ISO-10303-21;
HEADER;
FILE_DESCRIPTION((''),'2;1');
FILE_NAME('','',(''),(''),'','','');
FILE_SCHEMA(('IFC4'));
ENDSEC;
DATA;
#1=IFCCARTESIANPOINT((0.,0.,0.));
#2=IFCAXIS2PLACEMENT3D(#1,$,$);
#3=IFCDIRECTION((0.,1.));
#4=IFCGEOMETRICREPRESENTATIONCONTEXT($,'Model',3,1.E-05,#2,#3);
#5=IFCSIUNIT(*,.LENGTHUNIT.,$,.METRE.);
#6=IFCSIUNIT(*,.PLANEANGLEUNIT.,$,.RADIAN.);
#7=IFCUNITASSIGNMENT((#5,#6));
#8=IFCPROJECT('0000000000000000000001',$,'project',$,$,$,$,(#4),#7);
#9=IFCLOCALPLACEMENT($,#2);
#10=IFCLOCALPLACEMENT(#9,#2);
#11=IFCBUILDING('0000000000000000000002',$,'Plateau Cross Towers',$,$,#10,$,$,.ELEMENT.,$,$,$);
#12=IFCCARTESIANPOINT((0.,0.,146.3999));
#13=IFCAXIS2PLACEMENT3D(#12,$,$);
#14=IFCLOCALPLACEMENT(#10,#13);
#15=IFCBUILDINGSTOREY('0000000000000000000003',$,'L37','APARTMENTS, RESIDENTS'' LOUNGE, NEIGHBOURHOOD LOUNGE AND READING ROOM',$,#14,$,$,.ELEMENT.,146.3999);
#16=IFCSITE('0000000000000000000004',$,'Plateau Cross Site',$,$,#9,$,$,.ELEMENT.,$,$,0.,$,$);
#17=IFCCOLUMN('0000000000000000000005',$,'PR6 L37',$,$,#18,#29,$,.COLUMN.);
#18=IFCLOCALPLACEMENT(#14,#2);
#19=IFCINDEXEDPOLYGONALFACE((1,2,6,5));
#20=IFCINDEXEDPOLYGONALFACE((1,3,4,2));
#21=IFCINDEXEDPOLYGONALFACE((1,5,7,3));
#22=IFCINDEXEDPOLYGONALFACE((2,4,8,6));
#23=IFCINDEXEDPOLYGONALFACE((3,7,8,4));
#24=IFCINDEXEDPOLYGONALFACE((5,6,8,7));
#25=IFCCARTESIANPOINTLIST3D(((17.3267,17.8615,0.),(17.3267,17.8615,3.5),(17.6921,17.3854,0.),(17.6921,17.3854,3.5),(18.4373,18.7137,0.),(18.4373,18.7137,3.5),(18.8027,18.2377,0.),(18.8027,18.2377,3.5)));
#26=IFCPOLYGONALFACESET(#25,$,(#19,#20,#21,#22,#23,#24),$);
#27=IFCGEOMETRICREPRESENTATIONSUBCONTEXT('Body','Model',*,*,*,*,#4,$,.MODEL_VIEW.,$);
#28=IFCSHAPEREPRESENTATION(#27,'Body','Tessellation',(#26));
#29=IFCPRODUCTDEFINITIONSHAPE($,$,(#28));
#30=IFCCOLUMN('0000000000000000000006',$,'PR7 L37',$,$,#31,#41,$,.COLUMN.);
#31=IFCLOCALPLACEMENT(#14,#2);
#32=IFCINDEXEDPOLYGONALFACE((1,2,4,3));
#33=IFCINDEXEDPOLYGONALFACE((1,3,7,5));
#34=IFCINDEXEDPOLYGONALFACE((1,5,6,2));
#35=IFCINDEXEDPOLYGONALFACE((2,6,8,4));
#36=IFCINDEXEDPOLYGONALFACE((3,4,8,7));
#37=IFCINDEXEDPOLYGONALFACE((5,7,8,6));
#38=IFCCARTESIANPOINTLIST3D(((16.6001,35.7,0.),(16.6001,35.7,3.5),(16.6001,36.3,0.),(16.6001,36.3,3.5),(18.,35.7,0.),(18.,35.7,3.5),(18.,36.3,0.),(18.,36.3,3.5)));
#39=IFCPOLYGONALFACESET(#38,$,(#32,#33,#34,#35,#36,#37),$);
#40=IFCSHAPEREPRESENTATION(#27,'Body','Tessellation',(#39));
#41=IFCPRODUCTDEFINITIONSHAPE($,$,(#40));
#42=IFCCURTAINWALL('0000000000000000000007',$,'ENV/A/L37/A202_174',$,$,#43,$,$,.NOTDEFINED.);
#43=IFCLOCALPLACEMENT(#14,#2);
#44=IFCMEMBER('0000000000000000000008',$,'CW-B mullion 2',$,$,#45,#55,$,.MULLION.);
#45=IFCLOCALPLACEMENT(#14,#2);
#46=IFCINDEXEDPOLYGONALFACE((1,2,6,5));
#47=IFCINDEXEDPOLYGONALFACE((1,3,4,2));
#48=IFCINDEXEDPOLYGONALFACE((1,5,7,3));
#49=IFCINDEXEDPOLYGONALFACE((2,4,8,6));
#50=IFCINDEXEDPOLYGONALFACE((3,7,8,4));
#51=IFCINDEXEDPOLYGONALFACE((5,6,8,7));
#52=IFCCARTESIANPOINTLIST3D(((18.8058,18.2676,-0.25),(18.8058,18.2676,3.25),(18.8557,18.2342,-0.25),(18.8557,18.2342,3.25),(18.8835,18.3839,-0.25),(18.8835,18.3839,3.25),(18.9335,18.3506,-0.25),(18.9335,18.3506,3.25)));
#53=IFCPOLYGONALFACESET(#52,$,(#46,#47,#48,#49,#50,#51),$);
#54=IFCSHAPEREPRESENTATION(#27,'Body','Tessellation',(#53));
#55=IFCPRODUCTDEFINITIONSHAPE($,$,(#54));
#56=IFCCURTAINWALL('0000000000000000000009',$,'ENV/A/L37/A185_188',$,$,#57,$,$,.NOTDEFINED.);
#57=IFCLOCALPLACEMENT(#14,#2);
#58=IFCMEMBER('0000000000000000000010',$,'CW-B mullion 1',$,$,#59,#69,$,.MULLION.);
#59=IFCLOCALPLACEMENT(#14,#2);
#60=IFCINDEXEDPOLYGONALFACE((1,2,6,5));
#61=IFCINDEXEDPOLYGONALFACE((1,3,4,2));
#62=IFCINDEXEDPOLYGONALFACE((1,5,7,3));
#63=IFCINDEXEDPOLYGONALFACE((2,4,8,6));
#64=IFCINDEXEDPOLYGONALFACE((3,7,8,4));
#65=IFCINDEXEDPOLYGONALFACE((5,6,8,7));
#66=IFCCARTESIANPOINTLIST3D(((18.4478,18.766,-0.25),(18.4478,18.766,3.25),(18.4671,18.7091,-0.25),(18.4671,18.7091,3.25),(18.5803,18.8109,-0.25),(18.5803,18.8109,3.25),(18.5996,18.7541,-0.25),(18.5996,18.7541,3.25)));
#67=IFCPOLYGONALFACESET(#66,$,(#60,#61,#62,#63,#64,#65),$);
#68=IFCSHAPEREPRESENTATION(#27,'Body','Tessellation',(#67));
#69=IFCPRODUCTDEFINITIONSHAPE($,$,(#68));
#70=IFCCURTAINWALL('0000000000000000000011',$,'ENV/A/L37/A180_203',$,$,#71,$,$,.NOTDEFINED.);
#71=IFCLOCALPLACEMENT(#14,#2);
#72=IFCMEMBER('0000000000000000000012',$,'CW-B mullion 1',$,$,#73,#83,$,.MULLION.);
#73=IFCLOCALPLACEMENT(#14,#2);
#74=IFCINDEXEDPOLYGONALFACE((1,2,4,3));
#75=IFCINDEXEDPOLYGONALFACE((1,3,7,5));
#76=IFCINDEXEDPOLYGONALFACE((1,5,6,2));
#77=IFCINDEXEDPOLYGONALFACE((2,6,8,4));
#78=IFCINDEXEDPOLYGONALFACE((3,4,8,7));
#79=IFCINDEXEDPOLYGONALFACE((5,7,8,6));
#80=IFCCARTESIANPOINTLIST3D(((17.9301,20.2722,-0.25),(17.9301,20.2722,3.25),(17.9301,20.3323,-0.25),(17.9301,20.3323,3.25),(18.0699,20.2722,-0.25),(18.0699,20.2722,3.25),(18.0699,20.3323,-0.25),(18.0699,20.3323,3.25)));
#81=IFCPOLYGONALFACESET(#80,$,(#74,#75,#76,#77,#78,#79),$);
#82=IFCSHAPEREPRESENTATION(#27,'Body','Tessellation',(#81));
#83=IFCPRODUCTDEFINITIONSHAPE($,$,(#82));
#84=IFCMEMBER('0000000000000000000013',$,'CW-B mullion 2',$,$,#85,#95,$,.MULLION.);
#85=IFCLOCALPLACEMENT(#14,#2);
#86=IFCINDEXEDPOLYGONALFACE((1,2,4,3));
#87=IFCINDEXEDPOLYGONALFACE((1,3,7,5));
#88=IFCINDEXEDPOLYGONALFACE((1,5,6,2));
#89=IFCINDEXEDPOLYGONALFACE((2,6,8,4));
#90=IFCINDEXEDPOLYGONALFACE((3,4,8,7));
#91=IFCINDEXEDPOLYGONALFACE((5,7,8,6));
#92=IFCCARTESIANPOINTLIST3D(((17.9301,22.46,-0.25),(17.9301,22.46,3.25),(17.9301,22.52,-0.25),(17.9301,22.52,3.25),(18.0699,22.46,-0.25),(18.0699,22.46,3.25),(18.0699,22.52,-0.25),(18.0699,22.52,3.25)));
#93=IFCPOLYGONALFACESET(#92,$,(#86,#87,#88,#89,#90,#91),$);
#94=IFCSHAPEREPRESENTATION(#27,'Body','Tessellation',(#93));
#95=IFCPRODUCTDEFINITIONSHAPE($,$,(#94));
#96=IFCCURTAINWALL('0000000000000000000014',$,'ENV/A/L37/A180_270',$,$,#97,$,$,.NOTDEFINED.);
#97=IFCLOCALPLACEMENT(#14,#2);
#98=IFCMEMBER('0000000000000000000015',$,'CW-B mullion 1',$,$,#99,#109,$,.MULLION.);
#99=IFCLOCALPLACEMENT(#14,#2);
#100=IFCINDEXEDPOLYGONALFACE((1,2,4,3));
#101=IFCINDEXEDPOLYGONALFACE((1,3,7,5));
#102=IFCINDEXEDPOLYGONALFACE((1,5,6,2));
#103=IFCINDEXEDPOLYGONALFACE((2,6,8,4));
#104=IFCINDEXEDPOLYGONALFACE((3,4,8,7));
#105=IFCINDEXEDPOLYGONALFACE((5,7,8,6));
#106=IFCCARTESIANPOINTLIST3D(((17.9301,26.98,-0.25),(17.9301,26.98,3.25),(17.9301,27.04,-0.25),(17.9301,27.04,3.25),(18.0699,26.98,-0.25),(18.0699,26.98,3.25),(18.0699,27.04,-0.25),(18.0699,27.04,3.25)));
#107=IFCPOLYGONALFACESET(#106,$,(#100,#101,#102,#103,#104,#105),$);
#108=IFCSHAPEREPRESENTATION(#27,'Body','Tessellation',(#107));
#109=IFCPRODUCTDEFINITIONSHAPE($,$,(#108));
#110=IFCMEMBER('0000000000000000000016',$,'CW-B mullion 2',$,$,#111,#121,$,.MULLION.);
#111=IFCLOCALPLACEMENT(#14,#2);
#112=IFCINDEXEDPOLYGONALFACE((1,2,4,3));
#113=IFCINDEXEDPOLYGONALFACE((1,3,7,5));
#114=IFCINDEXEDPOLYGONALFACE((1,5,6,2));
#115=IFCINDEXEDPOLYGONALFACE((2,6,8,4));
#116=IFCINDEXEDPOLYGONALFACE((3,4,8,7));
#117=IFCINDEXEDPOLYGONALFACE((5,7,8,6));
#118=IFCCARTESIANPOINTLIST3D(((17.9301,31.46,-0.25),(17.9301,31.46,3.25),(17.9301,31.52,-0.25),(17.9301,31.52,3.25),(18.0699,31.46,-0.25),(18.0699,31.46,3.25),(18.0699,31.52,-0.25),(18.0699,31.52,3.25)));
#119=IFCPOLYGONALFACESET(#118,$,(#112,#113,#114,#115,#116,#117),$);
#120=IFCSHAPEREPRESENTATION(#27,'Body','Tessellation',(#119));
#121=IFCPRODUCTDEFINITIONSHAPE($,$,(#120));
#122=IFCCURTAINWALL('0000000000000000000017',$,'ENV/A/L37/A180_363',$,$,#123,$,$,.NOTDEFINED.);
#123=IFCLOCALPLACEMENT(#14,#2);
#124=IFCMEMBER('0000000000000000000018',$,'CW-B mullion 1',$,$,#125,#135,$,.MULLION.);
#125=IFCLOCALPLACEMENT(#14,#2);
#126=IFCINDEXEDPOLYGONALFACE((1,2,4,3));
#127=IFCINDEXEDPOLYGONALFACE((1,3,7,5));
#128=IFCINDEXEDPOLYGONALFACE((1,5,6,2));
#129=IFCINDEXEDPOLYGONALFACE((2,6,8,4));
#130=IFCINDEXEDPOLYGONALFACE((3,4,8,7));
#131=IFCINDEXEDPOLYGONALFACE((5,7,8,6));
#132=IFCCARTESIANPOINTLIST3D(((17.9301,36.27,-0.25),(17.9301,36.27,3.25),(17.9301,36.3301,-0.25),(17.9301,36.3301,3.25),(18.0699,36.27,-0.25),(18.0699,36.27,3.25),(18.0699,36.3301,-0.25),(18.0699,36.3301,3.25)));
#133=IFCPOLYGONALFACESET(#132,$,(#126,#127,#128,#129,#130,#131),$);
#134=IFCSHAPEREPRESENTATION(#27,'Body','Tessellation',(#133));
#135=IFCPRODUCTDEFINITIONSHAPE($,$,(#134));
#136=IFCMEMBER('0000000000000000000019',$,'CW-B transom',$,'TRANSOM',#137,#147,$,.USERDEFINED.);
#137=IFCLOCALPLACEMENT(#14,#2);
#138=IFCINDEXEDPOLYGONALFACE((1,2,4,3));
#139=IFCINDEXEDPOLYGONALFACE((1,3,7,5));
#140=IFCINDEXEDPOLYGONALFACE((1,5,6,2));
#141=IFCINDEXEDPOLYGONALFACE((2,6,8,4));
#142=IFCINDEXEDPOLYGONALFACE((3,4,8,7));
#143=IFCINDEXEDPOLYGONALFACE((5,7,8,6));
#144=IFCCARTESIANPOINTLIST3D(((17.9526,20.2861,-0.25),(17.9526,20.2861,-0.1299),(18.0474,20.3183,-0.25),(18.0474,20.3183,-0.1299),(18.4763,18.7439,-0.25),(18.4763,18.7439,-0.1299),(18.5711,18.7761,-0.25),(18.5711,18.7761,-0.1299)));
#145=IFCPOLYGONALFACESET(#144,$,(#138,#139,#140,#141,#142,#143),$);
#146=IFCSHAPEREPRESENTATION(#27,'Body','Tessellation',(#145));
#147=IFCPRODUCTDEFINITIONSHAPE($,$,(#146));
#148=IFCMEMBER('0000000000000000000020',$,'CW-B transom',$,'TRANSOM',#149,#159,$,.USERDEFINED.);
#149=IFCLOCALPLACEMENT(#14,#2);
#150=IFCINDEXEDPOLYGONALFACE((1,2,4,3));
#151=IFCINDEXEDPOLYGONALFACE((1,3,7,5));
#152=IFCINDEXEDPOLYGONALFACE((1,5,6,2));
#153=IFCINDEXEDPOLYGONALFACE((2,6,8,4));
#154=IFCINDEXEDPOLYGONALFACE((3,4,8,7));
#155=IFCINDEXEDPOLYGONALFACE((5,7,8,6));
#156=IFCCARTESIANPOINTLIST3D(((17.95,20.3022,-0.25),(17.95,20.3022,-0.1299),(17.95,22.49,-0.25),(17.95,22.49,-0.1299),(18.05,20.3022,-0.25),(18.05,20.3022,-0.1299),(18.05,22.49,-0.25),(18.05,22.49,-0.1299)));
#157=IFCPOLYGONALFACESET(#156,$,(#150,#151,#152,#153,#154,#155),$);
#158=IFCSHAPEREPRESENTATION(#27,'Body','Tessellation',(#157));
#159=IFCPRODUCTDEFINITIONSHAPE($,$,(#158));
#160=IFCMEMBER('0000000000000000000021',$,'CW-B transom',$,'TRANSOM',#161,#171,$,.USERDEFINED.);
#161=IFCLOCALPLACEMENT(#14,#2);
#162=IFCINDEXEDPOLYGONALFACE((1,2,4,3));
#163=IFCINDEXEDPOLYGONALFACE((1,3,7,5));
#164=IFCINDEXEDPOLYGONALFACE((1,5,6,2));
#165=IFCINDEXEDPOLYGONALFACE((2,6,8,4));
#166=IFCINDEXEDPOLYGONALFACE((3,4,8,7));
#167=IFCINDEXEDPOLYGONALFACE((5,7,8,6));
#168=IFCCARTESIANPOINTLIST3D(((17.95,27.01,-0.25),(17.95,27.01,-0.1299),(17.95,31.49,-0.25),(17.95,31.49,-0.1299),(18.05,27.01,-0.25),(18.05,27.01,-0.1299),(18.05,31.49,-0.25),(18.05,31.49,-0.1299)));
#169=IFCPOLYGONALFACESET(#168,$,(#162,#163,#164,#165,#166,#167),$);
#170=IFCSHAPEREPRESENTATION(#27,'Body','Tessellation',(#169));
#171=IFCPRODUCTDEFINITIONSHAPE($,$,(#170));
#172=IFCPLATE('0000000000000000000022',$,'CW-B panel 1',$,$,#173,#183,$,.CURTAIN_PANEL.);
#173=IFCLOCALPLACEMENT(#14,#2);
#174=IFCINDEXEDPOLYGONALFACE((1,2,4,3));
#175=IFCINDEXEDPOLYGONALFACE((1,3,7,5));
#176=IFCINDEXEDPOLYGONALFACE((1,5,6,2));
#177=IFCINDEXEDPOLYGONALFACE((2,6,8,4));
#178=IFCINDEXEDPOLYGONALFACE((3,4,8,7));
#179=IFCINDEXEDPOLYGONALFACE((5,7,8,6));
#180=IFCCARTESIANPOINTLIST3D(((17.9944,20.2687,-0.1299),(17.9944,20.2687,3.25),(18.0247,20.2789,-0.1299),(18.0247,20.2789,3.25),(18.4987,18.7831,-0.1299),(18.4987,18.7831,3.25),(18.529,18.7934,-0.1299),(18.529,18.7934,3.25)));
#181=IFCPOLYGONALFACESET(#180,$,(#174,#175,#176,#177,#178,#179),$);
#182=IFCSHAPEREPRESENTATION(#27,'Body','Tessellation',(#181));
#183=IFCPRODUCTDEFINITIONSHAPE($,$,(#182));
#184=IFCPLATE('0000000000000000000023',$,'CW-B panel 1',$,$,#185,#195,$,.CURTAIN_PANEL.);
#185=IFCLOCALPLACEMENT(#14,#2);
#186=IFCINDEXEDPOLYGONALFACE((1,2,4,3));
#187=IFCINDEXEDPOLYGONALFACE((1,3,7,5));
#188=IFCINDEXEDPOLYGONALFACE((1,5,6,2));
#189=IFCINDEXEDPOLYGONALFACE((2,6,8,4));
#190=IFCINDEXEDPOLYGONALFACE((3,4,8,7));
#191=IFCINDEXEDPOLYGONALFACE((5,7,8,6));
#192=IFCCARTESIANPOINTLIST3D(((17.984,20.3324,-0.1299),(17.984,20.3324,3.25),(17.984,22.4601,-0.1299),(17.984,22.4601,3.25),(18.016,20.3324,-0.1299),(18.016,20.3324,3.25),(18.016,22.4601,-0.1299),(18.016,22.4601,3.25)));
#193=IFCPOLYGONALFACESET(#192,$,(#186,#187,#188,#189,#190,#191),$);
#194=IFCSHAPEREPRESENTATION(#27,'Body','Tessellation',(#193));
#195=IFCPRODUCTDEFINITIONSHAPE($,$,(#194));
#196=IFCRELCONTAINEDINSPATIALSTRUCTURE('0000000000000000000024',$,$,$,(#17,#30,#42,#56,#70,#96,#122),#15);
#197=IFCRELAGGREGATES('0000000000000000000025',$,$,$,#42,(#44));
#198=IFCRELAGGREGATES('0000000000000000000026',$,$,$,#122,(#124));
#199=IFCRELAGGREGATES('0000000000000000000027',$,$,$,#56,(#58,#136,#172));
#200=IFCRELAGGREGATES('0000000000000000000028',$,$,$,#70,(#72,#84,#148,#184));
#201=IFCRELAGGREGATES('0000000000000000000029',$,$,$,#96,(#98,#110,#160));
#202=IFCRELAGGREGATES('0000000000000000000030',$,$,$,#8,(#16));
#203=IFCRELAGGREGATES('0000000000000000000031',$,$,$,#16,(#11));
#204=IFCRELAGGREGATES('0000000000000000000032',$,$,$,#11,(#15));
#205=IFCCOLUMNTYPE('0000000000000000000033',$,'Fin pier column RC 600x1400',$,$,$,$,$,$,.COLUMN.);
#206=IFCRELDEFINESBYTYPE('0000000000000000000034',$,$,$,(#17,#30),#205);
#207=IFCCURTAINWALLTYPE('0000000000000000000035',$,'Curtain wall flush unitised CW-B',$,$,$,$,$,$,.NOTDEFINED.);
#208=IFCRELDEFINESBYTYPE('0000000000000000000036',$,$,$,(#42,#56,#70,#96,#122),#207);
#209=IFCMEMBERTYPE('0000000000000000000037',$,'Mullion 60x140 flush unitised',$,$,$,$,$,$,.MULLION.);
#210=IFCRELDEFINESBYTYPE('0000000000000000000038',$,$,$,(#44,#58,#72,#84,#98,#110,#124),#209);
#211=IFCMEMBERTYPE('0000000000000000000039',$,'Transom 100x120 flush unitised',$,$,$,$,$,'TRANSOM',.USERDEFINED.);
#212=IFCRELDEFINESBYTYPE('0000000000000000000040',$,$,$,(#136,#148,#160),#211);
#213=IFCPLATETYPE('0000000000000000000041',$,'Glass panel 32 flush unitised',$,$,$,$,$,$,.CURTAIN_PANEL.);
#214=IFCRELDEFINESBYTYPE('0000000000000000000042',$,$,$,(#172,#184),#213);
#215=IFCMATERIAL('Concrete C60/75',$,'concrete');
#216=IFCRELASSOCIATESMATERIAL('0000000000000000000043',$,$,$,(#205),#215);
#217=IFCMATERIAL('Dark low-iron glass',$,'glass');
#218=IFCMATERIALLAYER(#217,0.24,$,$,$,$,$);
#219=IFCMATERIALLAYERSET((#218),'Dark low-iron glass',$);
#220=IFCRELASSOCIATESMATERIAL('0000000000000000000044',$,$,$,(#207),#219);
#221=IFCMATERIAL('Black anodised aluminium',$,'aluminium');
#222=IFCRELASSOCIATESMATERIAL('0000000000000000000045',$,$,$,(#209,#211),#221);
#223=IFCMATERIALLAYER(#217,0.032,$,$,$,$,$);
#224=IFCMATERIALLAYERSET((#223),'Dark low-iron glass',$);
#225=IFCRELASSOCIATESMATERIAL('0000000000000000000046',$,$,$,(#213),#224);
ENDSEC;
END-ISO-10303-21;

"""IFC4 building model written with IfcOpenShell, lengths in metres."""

from ifc_helpers import new_model, si_unit, direction, frame, origin, origin_2d, place, context, subcontext, project, spatial, rectangle, extrude, material, layer, layer_set, material_profile, profile_set, type_object, element, aggregate, save


model = new_model("IFC4")

# Units and contexts
model_context = context("Model", 3, precision=1e-05, world=origin(), true_north=direction((0.0, 1.0)))
body_context = subcontext(model_context, "Body", "Model", "MODEL_VIEW")
ifc_project = project(units=[si_unit("LENGTHUNIT", "METRE"), si_unit("PLANEANGLEUNIT", "RADIAN")], contexts=[model_context])

# Site, building, storey
site_placement = place(None, origin())
site = spatial("IfcSite", under=ifc_project, at=site_placement, Name="Plateau Cross Site", CompositionType="ELEMENT", RefElevation=0.0)
building_placement = place(site_placement, origin())
building = spatial("IfcBuilding", under=site, at=building_placement, Name="Plateau Cross Towers", CompositionType="ELEMENT")
storey_placement = place(building_placement, frame((0.0, 0.0, 146.3999)))
storey = spatial("IfcBuildingStorey", under=building, at=storey_placement, Name="L37", Description="APARTMENTS, RESIDENTS' LOUNGE, NEIGHBOURHOOD LOUNGE AND READING ROOM", CompositionType="ELEMENT", Elevation=146.3999)

# Columns
ifc_material_1 = material(Name="Concrete C60/75", Category="concrete")
ifc_material_profile_1 = material_profile(ifc_material_1, rectangle(XDim=0.6001, YDim=1.3999, at=origin_2d()), Name="RC 600x1400")
ifc_profile_set_1 = profile_set([ifc_material_profile_1], Name="Concrete C60/75")
column_type = type_object("IfcColumnType", Name="Fin pier column RC 600x1400", PredefinedType="COLUMN", material=ifc_profile_set_1)
for number, where, z_axis, x_axis, name in (
    (1, (18.0647, 18.0496, 0.0), (0.0, 0.0, 1.0), (-0.608811, 0.793315, 0.0), "PR6 L37"),
    (2, (17.3, 36.0, 0.0), (0.0, 0.0, 1.0), (0.0, 1.0, 0.0), "PR7 L37"),
):
    element("IfcColumn", number, at=place(storey_placement, frame(where, z_axis=z_axis, x_axis=x_axis)), inside=storey, type_object=column_type, Name=name, PredefinedType="COLUMN", context=body_context, shape_type="SweptSolid", body=[
        extrude(rectangle(XDim=0.6001, YDim=1.3999, at=origin_2d()), origin(), (0.0, 0.0, 1.0), 3.5),
    ])

# Curtain walls, members
ifc_material_2 = material(Name="Dark low-iron glass", Category="glass")
ifc_layer_1 = layer(ifc_material_2, 0.24)
ifc_layer_set_1 = layer_set([ifc_layer_1], Name="Dark low-iron glass")
curtain_wall_type = type_object("IfcCurtainWallType", Name="Curtain wall flush unitised CW-B", PredefinedType="NOTDEFINED", material=ifc_layer_set_1)
curtain_wall_1_placement = place(storey_placement, origin())
curtain_wall_1 = element("IfcCurtainWall", 3, at=curtain_wall_1_placement, inside=storey, type_object=curtain_wall_type, Name="ENV/A/L37/A202_174", PredefinedType="NOTDEFINED")
ifc_material_3 = material(Name="Black anodised aluminium", Category="aluminium")
ifc_material_profile_2 = material_profile(ifc_material_3, rectangle(XDim=0.0601, YDim=0.1399, at=origin_2d()), Name="MULLION 60x140")
ifc_profile_set_2 = profile_set([ifc_material_profile_2], Name="Black anodised aluminium")
member_type_1 = type_object("IfcMemberType", Name="Mullion 60x140 flush unitised", PredefinedType="MULLION", material=ifc_profile_set_2)
member_1_placement = place(storey_placement, frame((18.8696, 18.3091, -0.25), z_axis=(0.0, 0.0, 1.0), x_axis=(-0.831521, 0.555493, 0.0)))
member_1 = element("IfcMember", 4, at=member_1_placement, type_object=member_type_1, Name="CW-B mullion 2", PredefinedType="MULLION", context=body_context, shape_type="SweptSolid", body=[
    extrude(rectangle(XDim=0.0601, YDim=0.1399, at=origin_2d()), origin(), (0.0, 0.0, 1.0), 3.5),
])
aggregate(curtain_wall_1, [member_1])
curtain_wall_2_placement = place(storey_placement, origin())
curtain_wall_2 = element("IfcCurtainWall", 5, at=curtain_wall_2_placement, inside=storey, type_object=curtain_wall_type, Name="ENV/A/L37/A185_188", PredefinedType="NOTDEFINED")
member_2_placement = place(storey_placement, frame((18.5237, 18.76, -0.25), z_axis=(0.0, 0.0, 1.0), x_axis=(-0.321469, 0.94692, 0.0)))
member_2 = element("IfcMember", 6, at=member_2_placement, type_object=member_type_1, Name="CW-B mullion 1", PredefinedType="MULLION", context=body_context, shape_type="SweptSolid", body=[
    extrude(rectangle(XDim=0.0601, YDim=0.1399, at=origin_2d()), origin(), (0.0, 0.0, 1.0), 3.5),
])

# Curtain walls, members
curtain_wall_3_placement = place(storey_placement, origin())
curtain_wall_3 = element("IfcCurtainWall", 7, at=curtain_wall_3_placement, inside=storey, type_object=curtain_wall_type, Name="ENV/A/L37/A180_203", PredefinedType="NOTDEFINED")
member_3_placement = place(storey_placement, frame((18.0, 20.3022, -0.25), z_axis=(0.0, 0.0, 1.0), x_axis=(0.0, 1.0, 0.0)))
member_3 = element("IfcMember", 8, at=member_3_placement, type_object=member_type_1, Name="CW-B mullion 1", PredefinedType="MULLION", context=body_context, shape_type="SweptSolid", body=[
    extrude(rectangle(XDim=0.0601, YDim=0.1399, at=origin_2d()), origin(), (0.0, 0.0, 1.0), 3.5),
])
member_4_placement = place(storey_placement, frame((18.0, 22.49, -0.25), z_axis=(0.0, 0.0, 1.0), x_axis=(0.0, 1.0, 0.0)))
member_4 = element("IfcMember", 9, at=member_4_placement, type_object=member_type_1, Name="CW-B mullion 2", PredefinedType="MULLION", context=body_context, shape_type="SweptSolid", body=[
    extrude(rectangle(XDim=0.0601, YDim=0.1399, at=origin_2d()), origin(), (0.0, 0.0, 1.0), 3.5),
])
curtain_wall_4_placement = place(storey_placement, origin())
curtain_wall_4 = element("IfcCurtainWall", 10, at=curtain_wall_4_placement, inside=storey, type_object=curtain_wall_type, Name="ENV/A/L37/A180_270", PredefinedType="NOTDEFINED")
member_5_placement = place(storey_placement, frame((18.0, 27.01, -0.25), z_axis=(0.0, 0.0, 1.0), x_axis=(0.0, 1.0, 0.0)))
member_5 = element("IfcMember", 11, at=member_5_placement, type_object=member_type_1, Name="CW-B mullion 1", PredefinedType="MULLION", context=body_context, shape_type="SweptSolid", body=[
    extrude(rectangle(XDim=0.0601, YDim=0.1399, at=origin_2d()), origin(), (0.0, 0.0, 1.0), 3.5),
])
member_6_placement = place(storey_placement, frame((18.0, 31.49, -0.25), z_axis=(0.0, 0.0, 1.0), x_axis=(0.0, 1.0, 0.0)))
member_6 = element("IfcMember", 12, at=member_6_placement, type_object=member_type_1, Name="CW-B mullion 2", PredefinedType="MULLION", context=body_context, shape_type="SweptSolid", body=[
    extrude(rectangle(XDim=0.0601, YDim=0.1399, at=origin_2d()), origin(), (0.0, 0.0, 1.0), 3.5),
])

# Curtain wall, member
curtain_wall_5_placement = place(storey_placement, origin())
curtain_wall_5 = element("IfcCurtainWall", 13, at=curtain_wall_5_placement, inside=storey, type_object=curtain_wall_type, Name="ENV/A/L37/A180_363", PredefinedType="NOTDEFINED")
member_7_placement = place(storey_placement, frame((18.0, 36.3, -0.25), z_axis=(0.0, 0.0, 1.0), x_axis=(0.0, 1.0, 0.0)))
member_7 = element("IfcMember", 14, at=member_7_placement, type_object=member_type_1, Name="CW-B mullion 1", PredefinedType="MULLION", context=body_context, shape_type="SweptSolid", body=[
    extrude(rectangle(XDim=0.0601, YDim=0.1399, at=origin_2d()), origin(), (0.0, 0.0, 1.0), 3.5),
])
aggregate(curtain_wall_5, [member_7])

# Members
ifc_material_profile_3 = material_profile(ifc_material_3, rectangle(XDim=0.1001, YDim=0.1201, at=origin_2d()), Name="TRANSOM 100x120")
ifc_profile_set_3 = profile_set([ifc_material_profile_3], Name="Black anodised aluminium")
member_type_2 = type_object("IfcMemberType", Name="Transom 100x120 flush unitised", ElementType="TRANSOM", PredefinedType="USERDEFINED", material=ifc_profile_set_3)
member_8_placement = place(storey_placement, frame((18.5237, 18.76, -0.1899), z_axis=(-0.321529, 0.9469, 0.0), x_axis=(-0.9469, -0.321529, 0.0)))
member_8 = element("IfcMember", 15, at=member_8_placement, type_object=member_type_2, Name="CW-B transom", ObjectType="TRANSOM", PredefinedType="USERDEFINED", context=body_context, shape_type="SweptSolid", body=[
    extrude(rectangle(XDim=0.1001, YDim=0.1201, at=origin_2d()), origin(), (0.0, 0.0, 1.0), 1.6287),
])
member_9_placement = place(storey_placement, frame((18.0, 20.3022, -0.1899), z_axis=(0.0, 1.0, 0.0), x_axis=(-1.0, 0.0, 0.0)))
member_9 = element("IfcMember", 16, at=member_9_placement, type_object=member_type_2, Name="CW-B transom", ObjectType="TRANSOM", PredefinedType="USERDEFINED", context=body_context, shape_type="SweptSolid", body=[
    extrude(rectangle(XDim=0.1001, YDim=0.1201, at=origin_2d()), origin(), (0.0, 0.0, 1.0), 2.1877),
])
member_10_placement = place(storey_placement, frame((18.0, 27.01, -0.1899), z_axis=(0.0, 1.0, 0.0), x_axis=(-1.0, 0.0, 0.0)))
member_10 = element("IfcMember", 17, at=member_10_placement, type_object=member_type_2, Name="CW-B transom", ObjectType="TRANSOM", PredefinedType="USERDEFINED", context=body_context, shape_type="SweptSolid", body=[
    extrude(rectangle(XDim=0.1001, YDim=0.1201, at=origin_2d()), origin(), (0.0, 0.0, 1.0), 4.48),
])

# Plates
ifc_layer_2 = layer(ifc_material_2, 0.032)
ifc_layer_set_2 = layer_set([ifc_layer_2], Name="Dark low-iron glass")
plate_type = type_object("IfcPlateType", Name="Glass panel 32 flush unitised", PredefinedType="CURTAIN_PANEL", material=ifc_layer_set_2)
plate_1_placement = place(storey_placement, frame((18.2617, 19.531, -0.1299), z_axis=(0.0, 0.0, 1.0), x_axis=(-0.321469, 0.94692, 0.0)))
plate_1 = element("IfcPlate", 18, at=plate_1_placement, type_object=plate_type, Name="CW-B panel 1", PredefinedType="CURTAIN_PANEL", context=body_context, shape_type="SweptSolid", body=[
    extrude(rectangle(XDim=1.5688, YDim=0.032, at=origin_2d()), origin(), (0.0, 0.0, 1.0), 3.3799),
])
aggregate(curtain_wall_2, [member_2, member_8, plate_1])
plate_2_placement = place(storey_placement, frame((18.0, 21.3962, -0.1299), z_axis=(0.0, 0.0, 1.0), x_axis=(0.0, 1.0, 0.0)))
plate_2 = element("IfcPlate", 19, at=plate_2_placement, type_object=plate_type, Name="CW-B panel 1", PredefinedType="CURTAIN_PANEL", context=body_context, shape_type="SweptSolid", body=[
    extrude(rectangle(XDim=2.1277, YDim=0.032, at=origin_2d()), origin(), (0.0, 0.0, 1.0), 3.3799),
])
aggregate(curtain_wall_3, [member_3, member_4, member_9, plate_2])
aggregate(curtain_wall_4, [member_5, member_6, member_10])

save(model, "model.ifc")
